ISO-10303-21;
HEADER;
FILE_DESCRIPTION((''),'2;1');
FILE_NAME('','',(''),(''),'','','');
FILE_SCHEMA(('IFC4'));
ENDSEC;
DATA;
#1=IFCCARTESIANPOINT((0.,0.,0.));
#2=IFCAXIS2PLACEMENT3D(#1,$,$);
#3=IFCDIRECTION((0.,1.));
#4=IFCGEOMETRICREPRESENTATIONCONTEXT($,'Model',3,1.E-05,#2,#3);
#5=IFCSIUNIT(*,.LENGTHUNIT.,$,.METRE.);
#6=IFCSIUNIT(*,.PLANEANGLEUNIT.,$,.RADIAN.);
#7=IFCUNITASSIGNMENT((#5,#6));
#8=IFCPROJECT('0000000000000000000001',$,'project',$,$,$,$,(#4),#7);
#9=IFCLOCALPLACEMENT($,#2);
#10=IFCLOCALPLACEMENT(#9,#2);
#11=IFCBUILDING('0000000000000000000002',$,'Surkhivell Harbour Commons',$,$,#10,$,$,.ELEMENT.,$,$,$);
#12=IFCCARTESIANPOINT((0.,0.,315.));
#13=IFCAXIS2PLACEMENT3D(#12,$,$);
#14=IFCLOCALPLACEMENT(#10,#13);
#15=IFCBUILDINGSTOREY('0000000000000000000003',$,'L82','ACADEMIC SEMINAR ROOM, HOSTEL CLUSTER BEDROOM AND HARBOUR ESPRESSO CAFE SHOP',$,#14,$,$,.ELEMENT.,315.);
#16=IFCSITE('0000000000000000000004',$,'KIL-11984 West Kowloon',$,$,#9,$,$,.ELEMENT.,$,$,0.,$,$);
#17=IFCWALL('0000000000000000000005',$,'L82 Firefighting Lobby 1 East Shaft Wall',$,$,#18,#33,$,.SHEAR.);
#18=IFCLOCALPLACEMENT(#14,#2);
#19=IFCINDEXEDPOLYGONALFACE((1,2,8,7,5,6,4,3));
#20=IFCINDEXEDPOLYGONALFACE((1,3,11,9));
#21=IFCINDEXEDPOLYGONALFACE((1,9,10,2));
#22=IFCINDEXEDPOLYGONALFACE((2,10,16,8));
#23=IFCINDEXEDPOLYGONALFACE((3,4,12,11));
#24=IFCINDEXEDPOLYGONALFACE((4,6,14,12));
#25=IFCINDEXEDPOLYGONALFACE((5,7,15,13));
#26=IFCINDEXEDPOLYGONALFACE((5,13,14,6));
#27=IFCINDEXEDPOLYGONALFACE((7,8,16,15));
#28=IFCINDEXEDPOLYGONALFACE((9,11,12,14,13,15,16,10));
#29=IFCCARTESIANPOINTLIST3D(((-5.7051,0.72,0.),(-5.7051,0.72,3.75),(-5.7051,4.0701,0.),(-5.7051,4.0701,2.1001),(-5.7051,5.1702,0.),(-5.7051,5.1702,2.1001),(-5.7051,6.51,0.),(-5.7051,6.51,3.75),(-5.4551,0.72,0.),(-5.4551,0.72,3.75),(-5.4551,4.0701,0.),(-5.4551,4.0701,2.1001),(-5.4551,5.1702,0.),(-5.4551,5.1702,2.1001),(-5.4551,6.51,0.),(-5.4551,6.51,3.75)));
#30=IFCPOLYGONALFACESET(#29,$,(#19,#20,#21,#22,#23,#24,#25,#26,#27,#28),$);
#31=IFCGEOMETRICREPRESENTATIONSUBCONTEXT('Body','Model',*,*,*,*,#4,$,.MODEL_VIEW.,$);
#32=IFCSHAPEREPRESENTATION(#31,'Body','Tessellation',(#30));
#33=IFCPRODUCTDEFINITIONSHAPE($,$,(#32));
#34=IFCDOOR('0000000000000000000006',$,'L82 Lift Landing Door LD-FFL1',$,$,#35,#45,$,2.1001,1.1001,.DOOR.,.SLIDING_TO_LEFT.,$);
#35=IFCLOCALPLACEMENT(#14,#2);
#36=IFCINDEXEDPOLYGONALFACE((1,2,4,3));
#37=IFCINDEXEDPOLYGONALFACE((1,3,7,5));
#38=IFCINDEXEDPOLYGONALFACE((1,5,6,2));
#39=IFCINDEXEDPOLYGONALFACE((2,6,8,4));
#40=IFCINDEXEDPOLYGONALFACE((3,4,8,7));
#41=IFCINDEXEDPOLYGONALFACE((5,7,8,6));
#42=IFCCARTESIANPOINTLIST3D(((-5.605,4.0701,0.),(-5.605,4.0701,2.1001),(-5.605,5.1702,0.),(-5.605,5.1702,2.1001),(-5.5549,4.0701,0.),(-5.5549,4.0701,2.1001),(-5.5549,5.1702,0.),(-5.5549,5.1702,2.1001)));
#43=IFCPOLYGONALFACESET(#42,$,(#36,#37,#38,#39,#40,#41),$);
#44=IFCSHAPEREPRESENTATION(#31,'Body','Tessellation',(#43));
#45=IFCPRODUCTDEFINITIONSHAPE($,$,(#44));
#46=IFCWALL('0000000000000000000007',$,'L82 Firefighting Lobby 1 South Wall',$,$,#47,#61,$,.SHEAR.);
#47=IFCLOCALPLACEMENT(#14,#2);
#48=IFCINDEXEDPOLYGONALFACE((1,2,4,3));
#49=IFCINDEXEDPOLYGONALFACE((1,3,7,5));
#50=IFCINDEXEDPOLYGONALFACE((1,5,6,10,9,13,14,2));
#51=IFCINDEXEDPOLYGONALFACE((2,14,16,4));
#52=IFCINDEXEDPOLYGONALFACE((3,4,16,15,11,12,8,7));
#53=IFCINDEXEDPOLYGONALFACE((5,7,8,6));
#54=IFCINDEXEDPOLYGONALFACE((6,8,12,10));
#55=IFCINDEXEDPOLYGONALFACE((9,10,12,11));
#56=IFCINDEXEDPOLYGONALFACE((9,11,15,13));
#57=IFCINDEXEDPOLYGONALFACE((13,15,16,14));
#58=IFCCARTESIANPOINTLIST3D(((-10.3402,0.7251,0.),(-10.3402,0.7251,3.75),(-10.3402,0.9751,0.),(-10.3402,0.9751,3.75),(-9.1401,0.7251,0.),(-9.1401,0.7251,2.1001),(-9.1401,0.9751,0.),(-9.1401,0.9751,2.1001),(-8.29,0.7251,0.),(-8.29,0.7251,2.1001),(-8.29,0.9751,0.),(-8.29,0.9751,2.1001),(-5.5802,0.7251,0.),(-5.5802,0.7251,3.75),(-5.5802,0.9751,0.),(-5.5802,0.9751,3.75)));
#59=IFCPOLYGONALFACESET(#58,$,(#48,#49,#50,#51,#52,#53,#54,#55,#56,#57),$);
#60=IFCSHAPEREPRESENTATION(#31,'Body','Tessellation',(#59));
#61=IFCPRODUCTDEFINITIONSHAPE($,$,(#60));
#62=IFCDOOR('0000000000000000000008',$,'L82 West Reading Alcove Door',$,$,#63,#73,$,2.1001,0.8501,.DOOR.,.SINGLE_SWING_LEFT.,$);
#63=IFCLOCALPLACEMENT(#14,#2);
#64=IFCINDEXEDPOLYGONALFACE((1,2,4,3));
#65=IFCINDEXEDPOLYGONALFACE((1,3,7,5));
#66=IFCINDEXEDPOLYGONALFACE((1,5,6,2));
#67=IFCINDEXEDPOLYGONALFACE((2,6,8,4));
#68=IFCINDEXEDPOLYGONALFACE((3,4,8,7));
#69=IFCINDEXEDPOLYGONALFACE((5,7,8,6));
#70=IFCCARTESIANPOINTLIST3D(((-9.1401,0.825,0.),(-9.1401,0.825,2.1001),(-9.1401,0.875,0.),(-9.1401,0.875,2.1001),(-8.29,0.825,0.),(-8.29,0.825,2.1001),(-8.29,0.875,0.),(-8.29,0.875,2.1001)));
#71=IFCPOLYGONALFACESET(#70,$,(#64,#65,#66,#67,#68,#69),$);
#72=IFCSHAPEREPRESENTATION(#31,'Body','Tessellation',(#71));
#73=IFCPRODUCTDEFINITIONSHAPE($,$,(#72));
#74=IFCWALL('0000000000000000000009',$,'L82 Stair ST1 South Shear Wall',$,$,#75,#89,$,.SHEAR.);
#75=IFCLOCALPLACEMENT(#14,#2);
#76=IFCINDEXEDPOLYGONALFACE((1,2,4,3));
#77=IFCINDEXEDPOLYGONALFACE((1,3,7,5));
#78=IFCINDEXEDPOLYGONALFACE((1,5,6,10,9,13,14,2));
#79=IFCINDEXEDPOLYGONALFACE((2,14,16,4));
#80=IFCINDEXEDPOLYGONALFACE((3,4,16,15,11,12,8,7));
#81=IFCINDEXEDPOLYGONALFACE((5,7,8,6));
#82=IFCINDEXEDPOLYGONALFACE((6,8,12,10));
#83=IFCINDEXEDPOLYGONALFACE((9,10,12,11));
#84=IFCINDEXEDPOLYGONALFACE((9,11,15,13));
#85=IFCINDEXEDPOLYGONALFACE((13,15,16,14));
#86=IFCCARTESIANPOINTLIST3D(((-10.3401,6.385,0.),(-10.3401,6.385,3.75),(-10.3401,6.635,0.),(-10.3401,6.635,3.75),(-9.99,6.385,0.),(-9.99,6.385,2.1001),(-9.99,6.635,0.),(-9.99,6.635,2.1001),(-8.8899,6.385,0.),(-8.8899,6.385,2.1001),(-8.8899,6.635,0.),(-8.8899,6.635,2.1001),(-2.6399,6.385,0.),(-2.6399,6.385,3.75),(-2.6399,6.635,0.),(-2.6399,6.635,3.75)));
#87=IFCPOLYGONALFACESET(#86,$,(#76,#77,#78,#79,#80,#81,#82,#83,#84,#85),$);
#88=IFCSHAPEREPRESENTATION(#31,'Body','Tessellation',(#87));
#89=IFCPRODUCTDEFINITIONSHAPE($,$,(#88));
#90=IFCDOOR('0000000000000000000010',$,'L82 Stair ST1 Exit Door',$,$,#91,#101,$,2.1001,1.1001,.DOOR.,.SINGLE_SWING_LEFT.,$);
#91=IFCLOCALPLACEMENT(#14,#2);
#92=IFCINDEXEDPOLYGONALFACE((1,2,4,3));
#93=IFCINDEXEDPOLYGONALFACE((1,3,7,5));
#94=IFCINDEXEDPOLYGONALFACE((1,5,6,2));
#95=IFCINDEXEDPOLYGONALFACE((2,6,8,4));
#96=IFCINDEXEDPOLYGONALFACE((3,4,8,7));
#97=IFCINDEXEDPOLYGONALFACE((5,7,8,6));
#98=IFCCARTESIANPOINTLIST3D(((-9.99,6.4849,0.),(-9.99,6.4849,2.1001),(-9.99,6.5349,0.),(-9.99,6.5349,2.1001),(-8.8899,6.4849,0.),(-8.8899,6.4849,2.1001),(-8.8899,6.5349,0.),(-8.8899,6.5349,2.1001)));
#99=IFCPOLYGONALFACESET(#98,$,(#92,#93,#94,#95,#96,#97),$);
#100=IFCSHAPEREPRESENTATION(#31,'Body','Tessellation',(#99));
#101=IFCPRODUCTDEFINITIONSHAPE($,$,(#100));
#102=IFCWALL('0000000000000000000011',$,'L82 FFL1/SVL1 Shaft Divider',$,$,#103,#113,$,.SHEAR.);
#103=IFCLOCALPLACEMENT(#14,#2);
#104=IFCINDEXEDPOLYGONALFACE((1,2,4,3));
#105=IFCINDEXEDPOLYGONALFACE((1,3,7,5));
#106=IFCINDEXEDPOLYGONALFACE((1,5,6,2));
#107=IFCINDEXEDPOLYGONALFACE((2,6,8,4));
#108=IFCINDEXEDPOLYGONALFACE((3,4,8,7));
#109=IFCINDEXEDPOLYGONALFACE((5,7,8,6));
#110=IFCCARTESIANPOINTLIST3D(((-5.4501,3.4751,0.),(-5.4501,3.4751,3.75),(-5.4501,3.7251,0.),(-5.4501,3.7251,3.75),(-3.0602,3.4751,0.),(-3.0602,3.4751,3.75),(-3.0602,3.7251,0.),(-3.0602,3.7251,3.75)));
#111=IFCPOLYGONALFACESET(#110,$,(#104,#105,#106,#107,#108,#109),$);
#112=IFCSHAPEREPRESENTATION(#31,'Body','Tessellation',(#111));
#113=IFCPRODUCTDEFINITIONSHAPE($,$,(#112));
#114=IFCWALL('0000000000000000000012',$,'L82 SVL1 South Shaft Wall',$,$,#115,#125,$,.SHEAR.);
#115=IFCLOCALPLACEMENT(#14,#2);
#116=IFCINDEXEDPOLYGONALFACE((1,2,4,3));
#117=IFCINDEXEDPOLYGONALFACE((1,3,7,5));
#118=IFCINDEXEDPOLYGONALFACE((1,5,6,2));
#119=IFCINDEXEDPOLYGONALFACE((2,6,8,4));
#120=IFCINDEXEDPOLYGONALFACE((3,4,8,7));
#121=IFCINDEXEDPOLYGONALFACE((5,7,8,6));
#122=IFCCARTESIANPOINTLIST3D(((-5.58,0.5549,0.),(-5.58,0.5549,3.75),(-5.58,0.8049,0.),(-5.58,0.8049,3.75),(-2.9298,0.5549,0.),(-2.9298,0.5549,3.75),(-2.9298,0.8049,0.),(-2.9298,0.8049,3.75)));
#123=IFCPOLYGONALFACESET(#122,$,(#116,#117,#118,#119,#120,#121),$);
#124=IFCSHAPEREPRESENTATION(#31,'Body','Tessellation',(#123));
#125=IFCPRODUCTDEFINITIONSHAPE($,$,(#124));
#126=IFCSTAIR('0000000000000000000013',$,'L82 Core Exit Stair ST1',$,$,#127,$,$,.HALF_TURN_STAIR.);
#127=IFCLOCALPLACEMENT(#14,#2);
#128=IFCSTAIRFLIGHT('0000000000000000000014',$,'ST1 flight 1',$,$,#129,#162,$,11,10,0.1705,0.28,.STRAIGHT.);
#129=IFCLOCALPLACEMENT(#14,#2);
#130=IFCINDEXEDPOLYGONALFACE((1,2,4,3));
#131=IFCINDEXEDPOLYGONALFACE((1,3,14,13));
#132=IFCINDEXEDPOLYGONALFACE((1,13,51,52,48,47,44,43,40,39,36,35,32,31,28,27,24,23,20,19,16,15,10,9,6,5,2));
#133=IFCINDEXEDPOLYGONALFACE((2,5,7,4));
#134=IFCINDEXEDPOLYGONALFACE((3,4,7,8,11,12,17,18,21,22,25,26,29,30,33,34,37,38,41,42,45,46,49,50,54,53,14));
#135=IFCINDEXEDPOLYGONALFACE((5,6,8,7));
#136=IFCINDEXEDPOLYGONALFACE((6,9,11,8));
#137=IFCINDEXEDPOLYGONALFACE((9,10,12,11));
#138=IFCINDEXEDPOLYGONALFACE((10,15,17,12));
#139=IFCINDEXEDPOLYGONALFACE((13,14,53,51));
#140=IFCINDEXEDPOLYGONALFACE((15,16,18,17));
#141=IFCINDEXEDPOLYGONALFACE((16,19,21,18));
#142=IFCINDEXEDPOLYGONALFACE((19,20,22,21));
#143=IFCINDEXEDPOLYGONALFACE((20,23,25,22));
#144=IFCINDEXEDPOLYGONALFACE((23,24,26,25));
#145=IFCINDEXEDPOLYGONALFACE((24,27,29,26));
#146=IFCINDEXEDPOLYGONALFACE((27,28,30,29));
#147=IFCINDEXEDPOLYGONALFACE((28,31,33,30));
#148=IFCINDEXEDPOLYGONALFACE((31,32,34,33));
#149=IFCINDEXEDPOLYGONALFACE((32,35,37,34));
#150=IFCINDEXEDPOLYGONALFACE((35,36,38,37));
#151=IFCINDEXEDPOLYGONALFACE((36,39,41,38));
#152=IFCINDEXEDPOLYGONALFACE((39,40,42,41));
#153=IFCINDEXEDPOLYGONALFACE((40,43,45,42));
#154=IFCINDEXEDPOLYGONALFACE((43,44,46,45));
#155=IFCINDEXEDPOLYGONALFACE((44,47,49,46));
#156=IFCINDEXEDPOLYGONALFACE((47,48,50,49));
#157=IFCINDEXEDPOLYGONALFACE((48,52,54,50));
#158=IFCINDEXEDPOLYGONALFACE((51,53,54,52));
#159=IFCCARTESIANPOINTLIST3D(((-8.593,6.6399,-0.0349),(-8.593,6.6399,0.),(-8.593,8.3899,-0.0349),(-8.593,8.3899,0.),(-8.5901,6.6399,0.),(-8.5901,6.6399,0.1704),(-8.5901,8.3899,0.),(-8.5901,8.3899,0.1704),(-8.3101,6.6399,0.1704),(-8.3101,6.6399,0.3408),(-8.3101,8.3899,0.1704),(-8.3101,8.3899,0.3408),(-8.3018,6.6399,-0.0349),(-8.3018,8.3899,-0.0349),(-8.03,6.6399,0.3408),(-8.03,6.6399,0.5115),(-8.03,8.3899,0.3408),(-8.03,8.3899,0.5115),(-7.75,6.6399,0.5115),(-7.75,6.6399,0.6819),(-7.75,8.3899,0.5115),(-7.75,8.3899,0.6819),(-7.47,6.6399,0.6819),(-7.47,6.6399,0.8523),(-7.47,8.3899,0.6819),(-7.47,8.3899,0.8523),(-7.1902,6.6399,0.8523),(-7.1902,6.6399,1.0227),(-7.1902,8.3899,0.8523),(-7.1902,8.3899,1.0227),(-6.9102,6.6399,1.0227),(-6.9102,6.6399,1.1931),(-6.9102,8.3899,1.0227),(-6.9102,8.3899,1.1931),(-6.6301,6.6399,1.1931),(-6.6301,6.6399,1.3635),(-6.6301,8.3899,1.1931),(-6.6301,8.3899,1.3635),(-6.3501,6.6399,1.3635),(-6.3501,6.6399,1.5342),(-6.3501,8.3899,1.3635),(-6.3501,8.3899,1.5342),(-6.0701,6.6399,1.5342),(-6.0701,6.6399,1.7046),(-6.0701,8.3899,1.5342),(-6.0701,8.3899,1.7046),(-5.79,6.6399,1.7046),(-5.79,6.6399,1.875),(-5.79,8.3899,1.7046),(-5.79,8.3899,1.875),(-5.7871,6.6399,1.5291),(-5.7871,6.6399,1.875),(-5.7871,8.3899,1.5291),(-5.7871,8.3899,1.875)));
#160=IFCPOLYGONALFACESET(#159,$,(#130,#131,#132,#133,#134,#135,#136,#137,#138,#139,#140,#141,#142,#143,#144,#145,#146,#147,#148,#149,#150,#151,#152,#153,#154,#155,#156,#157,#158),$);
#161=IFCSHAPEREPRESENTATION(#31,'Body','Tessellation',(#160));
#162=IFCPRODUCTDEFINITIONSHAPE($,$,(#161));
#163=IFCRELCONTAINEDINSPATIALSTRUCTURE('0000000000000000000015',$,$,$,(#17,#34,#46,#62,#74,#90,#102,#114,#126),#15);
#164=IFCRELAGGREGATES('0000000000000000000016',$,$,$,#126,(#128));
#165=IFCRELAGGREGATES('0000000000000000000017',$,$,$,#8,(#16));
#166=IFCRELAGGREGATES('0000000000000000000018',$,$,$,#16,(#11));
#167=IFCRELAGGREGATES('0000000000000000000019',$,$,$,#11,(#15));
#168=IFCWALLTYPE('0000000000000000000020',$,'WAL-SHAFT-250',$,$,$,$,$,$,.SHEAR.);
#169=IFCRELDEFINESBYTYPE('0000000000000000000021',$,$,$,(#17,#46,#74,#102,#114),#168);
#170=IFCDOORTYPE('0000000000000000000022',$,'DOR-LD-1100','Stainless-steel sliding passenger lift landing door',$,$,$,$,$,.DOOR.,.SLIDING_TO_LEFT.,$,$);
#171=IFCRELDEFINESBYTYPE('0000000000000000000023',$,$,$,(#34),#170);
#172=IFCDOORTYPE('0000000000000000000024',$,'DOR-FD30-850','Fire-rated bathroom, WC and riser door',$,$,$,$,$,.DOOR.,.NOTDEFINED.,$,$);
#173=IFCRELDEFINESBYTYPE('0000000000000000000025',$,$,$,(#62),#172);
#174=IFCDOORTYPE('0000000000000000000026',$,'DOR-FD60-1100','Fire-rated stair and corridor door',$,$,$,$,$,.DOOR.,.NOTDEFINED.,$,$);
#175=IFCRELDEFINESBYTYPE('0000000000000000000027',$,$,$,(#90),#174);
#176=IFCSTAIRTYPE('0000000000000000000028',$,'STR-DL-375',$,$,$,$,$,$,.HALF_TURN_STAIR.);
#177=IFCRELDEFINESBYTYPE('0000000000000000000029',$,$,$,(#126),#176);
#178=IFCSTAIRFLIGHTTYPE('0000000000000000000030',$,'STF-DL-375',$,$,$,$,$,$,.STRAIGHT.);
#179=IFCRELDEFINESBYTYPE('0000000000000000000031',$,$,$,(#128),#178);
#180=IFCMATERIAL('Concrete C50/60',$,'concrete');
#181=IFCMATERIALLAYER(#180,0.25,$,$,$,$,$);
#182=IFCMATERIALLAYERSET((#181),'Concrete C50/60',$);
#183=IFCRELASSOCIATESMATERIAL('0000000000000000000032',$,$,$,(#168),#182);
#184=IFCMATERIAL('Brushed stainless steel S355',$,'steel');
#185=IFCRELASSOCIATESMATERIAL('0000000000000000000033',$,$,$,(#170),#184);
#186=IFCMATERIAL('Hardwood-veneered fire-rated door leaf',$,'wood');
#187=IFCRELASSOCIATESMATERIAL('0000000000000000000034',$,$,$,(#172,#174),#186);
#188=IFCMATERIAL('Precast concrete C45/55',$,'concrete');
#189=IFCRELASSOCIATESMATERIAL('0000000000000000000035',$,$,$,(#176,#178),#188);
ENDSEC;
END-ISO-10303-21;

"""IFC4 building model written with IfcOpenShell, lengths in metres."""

from ifc_helpers import new_model, si_unit, direction, frame, frame_2d, origin, place, context, subcontext, project, spatial, polyline, rectangle, outline, extrude, material, layer, layer_set, type_object, element, fill, aggregate, save


model = new_model("IFC4")

# Units and contexts
model_context = context("Model", 3, precision=1e-05, world=origin(), true_north=direction((0.0, 1.0)))
body_context = subcontext(model_context, "Body", "Model", "MODEL_VIEW")
ifc_project = project(units=[si_unit("LENGTHUNIT", "METRE"), si_unit("PLANEANGLEUNIT", "RADIAN")], contexts=[model_context])

# Site, building, storey
site_placement = place(None, origin())
site = spatial("IfcSite", under=ifc_project, at=site_placement, Name="KIL-11984 West Kowloon", CompositionType="ELEMENT", RefElevation=0.0)
building_placement = place(site_placement, origin())
building = spatial("IfcBuilding", under=site, at=building_placement, Name="Surkhivell Harbour Commons", CompositionType="ELEMENT")
storey_placement = place(building_placement, frame((0.0, 0.0, 315.0)))
storey = spatial("IfcBuildingStorey", under=building, at=storey_placement, Name="L82", Description="ACADEMIC SEMINAR ROOM, HOSTEL CLUSTER BEDROOM AND HARBOUR ESPRESSO CAFE SHOP", CompositionType="ELEMENT", Elevation=315.0)

# Shared definitions
ifc_material_1 = material(Name="Concrete C50/60", Category="concrete")

# Shared definitions
ifc_material_2 = material(Name="Hardwood-veneered fire-rated door leaf", Category="wood")

# Walls, openings, doors
ifc_layer_1 = layer(ifc_material_1, 0.25)
ifc_layer_set_1 = layer_set([ifc_layer_1], Name="Concrete C50/60")
wall_type_1 = type_object("IfcWallType", Name="WAL-SHAFT-250", PredefinedType="SHEAR", material=ifc_layer_set_1)
wall_1_placement = place(storey_placement, frame((-5.5801, 0.72, 0.0), z_axis=(0.0, 0.0, 1.0), x_axis=(0.0, 1.0, 0.0)))
wall_1 = element("IfcWall", 1, at=wall_1_placement, inside=storey, type_object=wall_type_1, Name="L82 Firefighting Lobby 1 East Shaft Wall", PredefinedType="SHEAR", context=body_context, shape_type="SweptSolid", body=[
    extrude(rectangle(XDim=5.79, YDim=0.25, at=frame_2d((2.895, 0.0))), origin(), (0.0, 0.0, 1.0), 3.75),
])
opening_1_placement = place(wall_1_placement, frame((3.3501, 0.0, 0.0)))
opening_1 = element("IfcOpeningElement", 2, at=opening_1_placement, cuts=wall_1, PredefinedType="OPENING", context=body_context, shape_type="SweptSolid", body=[
    extrude(rectangle(XDim=1.1001, YDim=2.1001, at=frame_2d((0.55, 1.05))), frame((0.0, 0.135, 0.0), z_axis=(0.0, -1.0, 0.0), x_axis=(1.0, 0.0, 0.0)), (0.0, 0.0, 1.0), 0.27),
])
ifc_material_3 = material(Name="Brushed stainless steel S355", Category="steel")
door_type_1 = type_object("IfcDoorType", Name="DOR-LD-1100", Description="Stainless-steel sliding passenger lift landing door", OperationType="SLIDING_TO_LEFT", PredefinedType="DOOR", material=ifc_material_3)
door_1_placement = place(opening_1_placement, origin())
door_1 = element("IfcDoor", 3, at=door_1_placement, inside=storey, type_object=door_type_1, Name="L82 Lift Landing Door LD-FFL1", OperationType="SLIDING_TO_LEFT", OverallHeight=2.1001, OverallWidth=1.1001, PredefinedType="DOOR", context=body_context, shape_type="SweptSolid", body=[
    extrude(rectangle(XDim=1.1001, YDim=2.1001, at=frame_2d((0.55, 1.05))), frame((0.0, 0.0249, 0.0), z_axis=(0.0, -1.0, 0.0), x_axis=(1.0, 0.0, 0.0)), (0.0, 0.0, 1.0), 0.05),
])
fill(opening_1, door_1)
wall_2_placement = place(storey_placement, frame((-10.3401, 0.8501, 0.0), z_axis=(0.0, 0.0, 1.0), x_axis=(1.0, 0.0, 0.0)))
wall_2 = element("IfcWall", 4, at=wall_2_placement, inside=storey, type_object=wall_type_1, Name="L82 Firefighting Lobby 1 South Wall", PredefinedType="SHEAR", context=body_context, shape_type="SweptSolid", body=[
    extrude(rectangle(XDim=4.76, YDim=0.25, at=frame_2d((2.3799, 0.0))), origin(), (0.0, 0.0, 1.0), 3.75),
])
opening_2_placement = place(wall_2_placement, frame((1.2, 0.0, 0.0)))
opening_2 = element("IfcOpeningElement", 5, at=opening_2_placement, cuts=wall_2, PredefinedType="OPENING", context=body_context, shape_type="SweptSolid", body=[
    extrude(rectangle(XDim=0.8501, YDim=2.1001, at=frame_2d((0.425, 1.05))), frame((0.0, 0.135, 0.0), z_axis=(0.0, -1.0, 0.0), x_axis=(1.0, 0.0, 0.0)), (0.0, 0.0, 1.0), 0.27),
])
door_type_2 = type_object("IfcDoorType", Name="DOR-FD30-850", Description="Fire-rated bathroom, WC and riser door", OperationType="NOTDEFINED", PredefinedType="DOOR", material=ifc_material_2)
door_2_placement = place(opening_2_placement, origin())
door_2 = element("IfcDoor", 6, at=door_2_placement, inside=storey, type_object=door_type_2, Name="L82 West Reading Alcove Door", OperationType="SINGLE_SWING_LEFT", OverallHeight=2.1001, OverallWidth=0.8501, PredefinedType="DOOR", context=body_context, shape_type="SweptSolid", body=[
    extrude(rectangle(XDim=0.8501, YDim=2.1001, at=frame_2d((0.425, 1.05))), frame((0.0, 0.0249, 0.0), z_axis=(0.0, -1.0, 0.0), x_axis=(1.0, 0.0, 0.0)), (0.0, 0.0, 1.0), 0.05),
])
fill(opening_2, door_2)
wall_3_placement = place(storey_placement, frame((-10.3401, 6.51, 0.0), z_axis=(0.0, 0.0, 1.0), x_axis=(1.0, 0.0, 0.0)))
wall_3 = element("IfcWall", 7, at=wall_3_placement, inside=storey, type_object=wall_type_1, Name="L82 Stair ST1 South Shear Wall", PredefinedType="SHEAR", context=body_context, shape_type="SweptSolid", body=[
    extrude(rectangle(XDim=7.7002, YDim=0.25, at=frame_2d((3.8501, 0.0))), origin(), (0.0, 0.0, 1.0), 3.75),
])
opening_3_placement = place(wall_3_placement, frame((0.3501, 0.0, 0.0)))
opening_3 = element("IfcOpeningElement", 8, at=opening_3_placement, cuts=wall_3, PredefinedType="OPENING", context=body_context, shape_type="SweptSolid", body=[
    extrude(rectangle(XDim=1.1001, YDim=2.1001, at=frame_2d((0.55, 1.05))), frame((0.0, 0.135, 0.0), z_axis=(0.0, -1.0, 0.0), x_axis=(1.0, 0.0, 0.0)), (0.0, 0.0, 1.0), 0.27),
])
door_type_3 = type_object("IfcDoorType", Name="DOR-FD60-1100", Description="Fire-rated stair and corridor door", OperationType="NOTDEFINED", PredefinedType="DOOR", material=ifc_material_2)
door_3_placement = place(opening_3_placement, origin())
door_3 = element("IfcDoor", 9, at=door_3_placement, inside=storey, type_object=door_type_3, Name="L82 Stair ST1 Exit Door", OperationType="SINGLE_SWING_LEFT", OverallHeight=2.1001, OverallWidth=1.1001, PredefinedType="DOOR", context=body_context, shape_type="SweptSolid", body=[
    extrude(rectangle(XDim=1.1001, YDim=2.1001, at=frame_2d((0.55, 1.05))), frame((0.0, 0.0249, 0.0), z_axis=(0.0, -1.0, 0.0), x_axis=(1.0, 0.0, 0.0)), (0.0, 0.0, 1.0), 0.05),
])
fill(opening_3, door_3)

# Walls
wall_4_placement = place(storey_placement, frame((-5.45, 3.6001, 0.0), z_axis=(0.0, 0.0, 1.0), x_axis=(1.0, 0.0, 0.0)))
element("IfcWall", 10, at=wall_4_placement, inside=storey, type_object=wall_type_1, Name="L82 FFL1/SVL1 Shaft Divider", PredefinedType="SHEAR", context=body_context, shape_type="SweptSolid", body=[
    extrude(rectangle(XDim=2.3899, YDim=0.25, at=frame_2d((1.1948, 0.0))), origin(), (0.0, 0.0, 1.0), 3.75),
])
wall_5_placement = place(storey_placement, frame((-5.5801, 0.6799, 0.0), z_axis=(0.0, 0.0, 1.0), x_axis=(1.0, 0.0, 0.0)))
element("IfcWall", 11, at=wall_5_placement, inside=storey, type_object=wall_type_1, Name="L82 SVL1 South Shaft Wall", PredefinedType="SHEAR", context=body_context, shape_type="SweptSolid", body=[
    extrude(rectangle(XDim=2.6501, YDim=0.25, at=frame_2d((1.3252, 0.0))), origin(), (0.0, 0.0, 1.0), 3.75),
])

# Stair, stair flight
ifc_material_4 = material(Name="Precast concrete C45/55", Category="concrete")
stair_type = type_object("IfcStairType", Name="STR-DL-375", PredefinedType="HALF_TURN_STAIR", material=ifc_material_4)
stair_placement = place(storey_placement, origin())
stair = element("IfcStair", 12, at=stair_placement, inside=storey, type_object=stair_type, Name="L82 Core Exit Stair ST1", PredefinedType="HALF_TURN_STAIR")
stair_flight_type = type_object("IfcStairFlightType", Name="STF-DL-375", PredefinedType="STRAIGHT", material=ifc_material_4)
stair_flight_1_placement = place(storey_placement, frame((-8.5901, 7.5149, 0.0), z_axis=(0.0, 0.0, 1.0), x_axis=(1.0, 0.0, 0.0)))
stair_flight_1 = element("IfcStairFlight", 13, at=stair_flight_1_placement, type_object=stair_flight_type, Name="ST1 flight 1", NumberOfRisers=11, NumberOfTreads=10, PredefinedType="STRAIGHT", RiserHeight=0.1705, TreadLength=0.28, context=body_context, shape_type="SweptSolid", body=[
    extrude(outline(polyline([(-0.0029, -0.0349), (-0.0029, 0.0), (0.0, 0.0), (0.0, 0.1704), (0.28, 0.1704), (0.28, 0.3408), (0.5601, 0.3408), (0.5601, 0.5115), (0.8401, 0.5115), (0.8401, 0.6819), (1.1201, 0.6819), (1.1201, 0.8523), (1.3999, 0.8523), (1.3999, 1.0227), (1.6799, 1.0227), (1.6799, 1.1931), (1.96, 1.1931), (1.96, 1.3635), (2.24, 1.3635), (2.24, 1.5342), (2.52, 1.5342), (2.52, 1.7046), (2.8, 1.7046), (2.8, 1.875), (2.803, 1.875), (2.803, 1.5291), (0.2883, -0.0349), (-0.0029, -0.0349)])), frame((0.0, 0.875, 0.0), z_axis=(0.0, -1.0, 0.0), x_axis=(1.0, 0.0, 0.0)), (0.0, 0.0, 1.0), 1.75),
])
aggregate(stair, [stair_flight_1])

save(model, "model.ifc")
